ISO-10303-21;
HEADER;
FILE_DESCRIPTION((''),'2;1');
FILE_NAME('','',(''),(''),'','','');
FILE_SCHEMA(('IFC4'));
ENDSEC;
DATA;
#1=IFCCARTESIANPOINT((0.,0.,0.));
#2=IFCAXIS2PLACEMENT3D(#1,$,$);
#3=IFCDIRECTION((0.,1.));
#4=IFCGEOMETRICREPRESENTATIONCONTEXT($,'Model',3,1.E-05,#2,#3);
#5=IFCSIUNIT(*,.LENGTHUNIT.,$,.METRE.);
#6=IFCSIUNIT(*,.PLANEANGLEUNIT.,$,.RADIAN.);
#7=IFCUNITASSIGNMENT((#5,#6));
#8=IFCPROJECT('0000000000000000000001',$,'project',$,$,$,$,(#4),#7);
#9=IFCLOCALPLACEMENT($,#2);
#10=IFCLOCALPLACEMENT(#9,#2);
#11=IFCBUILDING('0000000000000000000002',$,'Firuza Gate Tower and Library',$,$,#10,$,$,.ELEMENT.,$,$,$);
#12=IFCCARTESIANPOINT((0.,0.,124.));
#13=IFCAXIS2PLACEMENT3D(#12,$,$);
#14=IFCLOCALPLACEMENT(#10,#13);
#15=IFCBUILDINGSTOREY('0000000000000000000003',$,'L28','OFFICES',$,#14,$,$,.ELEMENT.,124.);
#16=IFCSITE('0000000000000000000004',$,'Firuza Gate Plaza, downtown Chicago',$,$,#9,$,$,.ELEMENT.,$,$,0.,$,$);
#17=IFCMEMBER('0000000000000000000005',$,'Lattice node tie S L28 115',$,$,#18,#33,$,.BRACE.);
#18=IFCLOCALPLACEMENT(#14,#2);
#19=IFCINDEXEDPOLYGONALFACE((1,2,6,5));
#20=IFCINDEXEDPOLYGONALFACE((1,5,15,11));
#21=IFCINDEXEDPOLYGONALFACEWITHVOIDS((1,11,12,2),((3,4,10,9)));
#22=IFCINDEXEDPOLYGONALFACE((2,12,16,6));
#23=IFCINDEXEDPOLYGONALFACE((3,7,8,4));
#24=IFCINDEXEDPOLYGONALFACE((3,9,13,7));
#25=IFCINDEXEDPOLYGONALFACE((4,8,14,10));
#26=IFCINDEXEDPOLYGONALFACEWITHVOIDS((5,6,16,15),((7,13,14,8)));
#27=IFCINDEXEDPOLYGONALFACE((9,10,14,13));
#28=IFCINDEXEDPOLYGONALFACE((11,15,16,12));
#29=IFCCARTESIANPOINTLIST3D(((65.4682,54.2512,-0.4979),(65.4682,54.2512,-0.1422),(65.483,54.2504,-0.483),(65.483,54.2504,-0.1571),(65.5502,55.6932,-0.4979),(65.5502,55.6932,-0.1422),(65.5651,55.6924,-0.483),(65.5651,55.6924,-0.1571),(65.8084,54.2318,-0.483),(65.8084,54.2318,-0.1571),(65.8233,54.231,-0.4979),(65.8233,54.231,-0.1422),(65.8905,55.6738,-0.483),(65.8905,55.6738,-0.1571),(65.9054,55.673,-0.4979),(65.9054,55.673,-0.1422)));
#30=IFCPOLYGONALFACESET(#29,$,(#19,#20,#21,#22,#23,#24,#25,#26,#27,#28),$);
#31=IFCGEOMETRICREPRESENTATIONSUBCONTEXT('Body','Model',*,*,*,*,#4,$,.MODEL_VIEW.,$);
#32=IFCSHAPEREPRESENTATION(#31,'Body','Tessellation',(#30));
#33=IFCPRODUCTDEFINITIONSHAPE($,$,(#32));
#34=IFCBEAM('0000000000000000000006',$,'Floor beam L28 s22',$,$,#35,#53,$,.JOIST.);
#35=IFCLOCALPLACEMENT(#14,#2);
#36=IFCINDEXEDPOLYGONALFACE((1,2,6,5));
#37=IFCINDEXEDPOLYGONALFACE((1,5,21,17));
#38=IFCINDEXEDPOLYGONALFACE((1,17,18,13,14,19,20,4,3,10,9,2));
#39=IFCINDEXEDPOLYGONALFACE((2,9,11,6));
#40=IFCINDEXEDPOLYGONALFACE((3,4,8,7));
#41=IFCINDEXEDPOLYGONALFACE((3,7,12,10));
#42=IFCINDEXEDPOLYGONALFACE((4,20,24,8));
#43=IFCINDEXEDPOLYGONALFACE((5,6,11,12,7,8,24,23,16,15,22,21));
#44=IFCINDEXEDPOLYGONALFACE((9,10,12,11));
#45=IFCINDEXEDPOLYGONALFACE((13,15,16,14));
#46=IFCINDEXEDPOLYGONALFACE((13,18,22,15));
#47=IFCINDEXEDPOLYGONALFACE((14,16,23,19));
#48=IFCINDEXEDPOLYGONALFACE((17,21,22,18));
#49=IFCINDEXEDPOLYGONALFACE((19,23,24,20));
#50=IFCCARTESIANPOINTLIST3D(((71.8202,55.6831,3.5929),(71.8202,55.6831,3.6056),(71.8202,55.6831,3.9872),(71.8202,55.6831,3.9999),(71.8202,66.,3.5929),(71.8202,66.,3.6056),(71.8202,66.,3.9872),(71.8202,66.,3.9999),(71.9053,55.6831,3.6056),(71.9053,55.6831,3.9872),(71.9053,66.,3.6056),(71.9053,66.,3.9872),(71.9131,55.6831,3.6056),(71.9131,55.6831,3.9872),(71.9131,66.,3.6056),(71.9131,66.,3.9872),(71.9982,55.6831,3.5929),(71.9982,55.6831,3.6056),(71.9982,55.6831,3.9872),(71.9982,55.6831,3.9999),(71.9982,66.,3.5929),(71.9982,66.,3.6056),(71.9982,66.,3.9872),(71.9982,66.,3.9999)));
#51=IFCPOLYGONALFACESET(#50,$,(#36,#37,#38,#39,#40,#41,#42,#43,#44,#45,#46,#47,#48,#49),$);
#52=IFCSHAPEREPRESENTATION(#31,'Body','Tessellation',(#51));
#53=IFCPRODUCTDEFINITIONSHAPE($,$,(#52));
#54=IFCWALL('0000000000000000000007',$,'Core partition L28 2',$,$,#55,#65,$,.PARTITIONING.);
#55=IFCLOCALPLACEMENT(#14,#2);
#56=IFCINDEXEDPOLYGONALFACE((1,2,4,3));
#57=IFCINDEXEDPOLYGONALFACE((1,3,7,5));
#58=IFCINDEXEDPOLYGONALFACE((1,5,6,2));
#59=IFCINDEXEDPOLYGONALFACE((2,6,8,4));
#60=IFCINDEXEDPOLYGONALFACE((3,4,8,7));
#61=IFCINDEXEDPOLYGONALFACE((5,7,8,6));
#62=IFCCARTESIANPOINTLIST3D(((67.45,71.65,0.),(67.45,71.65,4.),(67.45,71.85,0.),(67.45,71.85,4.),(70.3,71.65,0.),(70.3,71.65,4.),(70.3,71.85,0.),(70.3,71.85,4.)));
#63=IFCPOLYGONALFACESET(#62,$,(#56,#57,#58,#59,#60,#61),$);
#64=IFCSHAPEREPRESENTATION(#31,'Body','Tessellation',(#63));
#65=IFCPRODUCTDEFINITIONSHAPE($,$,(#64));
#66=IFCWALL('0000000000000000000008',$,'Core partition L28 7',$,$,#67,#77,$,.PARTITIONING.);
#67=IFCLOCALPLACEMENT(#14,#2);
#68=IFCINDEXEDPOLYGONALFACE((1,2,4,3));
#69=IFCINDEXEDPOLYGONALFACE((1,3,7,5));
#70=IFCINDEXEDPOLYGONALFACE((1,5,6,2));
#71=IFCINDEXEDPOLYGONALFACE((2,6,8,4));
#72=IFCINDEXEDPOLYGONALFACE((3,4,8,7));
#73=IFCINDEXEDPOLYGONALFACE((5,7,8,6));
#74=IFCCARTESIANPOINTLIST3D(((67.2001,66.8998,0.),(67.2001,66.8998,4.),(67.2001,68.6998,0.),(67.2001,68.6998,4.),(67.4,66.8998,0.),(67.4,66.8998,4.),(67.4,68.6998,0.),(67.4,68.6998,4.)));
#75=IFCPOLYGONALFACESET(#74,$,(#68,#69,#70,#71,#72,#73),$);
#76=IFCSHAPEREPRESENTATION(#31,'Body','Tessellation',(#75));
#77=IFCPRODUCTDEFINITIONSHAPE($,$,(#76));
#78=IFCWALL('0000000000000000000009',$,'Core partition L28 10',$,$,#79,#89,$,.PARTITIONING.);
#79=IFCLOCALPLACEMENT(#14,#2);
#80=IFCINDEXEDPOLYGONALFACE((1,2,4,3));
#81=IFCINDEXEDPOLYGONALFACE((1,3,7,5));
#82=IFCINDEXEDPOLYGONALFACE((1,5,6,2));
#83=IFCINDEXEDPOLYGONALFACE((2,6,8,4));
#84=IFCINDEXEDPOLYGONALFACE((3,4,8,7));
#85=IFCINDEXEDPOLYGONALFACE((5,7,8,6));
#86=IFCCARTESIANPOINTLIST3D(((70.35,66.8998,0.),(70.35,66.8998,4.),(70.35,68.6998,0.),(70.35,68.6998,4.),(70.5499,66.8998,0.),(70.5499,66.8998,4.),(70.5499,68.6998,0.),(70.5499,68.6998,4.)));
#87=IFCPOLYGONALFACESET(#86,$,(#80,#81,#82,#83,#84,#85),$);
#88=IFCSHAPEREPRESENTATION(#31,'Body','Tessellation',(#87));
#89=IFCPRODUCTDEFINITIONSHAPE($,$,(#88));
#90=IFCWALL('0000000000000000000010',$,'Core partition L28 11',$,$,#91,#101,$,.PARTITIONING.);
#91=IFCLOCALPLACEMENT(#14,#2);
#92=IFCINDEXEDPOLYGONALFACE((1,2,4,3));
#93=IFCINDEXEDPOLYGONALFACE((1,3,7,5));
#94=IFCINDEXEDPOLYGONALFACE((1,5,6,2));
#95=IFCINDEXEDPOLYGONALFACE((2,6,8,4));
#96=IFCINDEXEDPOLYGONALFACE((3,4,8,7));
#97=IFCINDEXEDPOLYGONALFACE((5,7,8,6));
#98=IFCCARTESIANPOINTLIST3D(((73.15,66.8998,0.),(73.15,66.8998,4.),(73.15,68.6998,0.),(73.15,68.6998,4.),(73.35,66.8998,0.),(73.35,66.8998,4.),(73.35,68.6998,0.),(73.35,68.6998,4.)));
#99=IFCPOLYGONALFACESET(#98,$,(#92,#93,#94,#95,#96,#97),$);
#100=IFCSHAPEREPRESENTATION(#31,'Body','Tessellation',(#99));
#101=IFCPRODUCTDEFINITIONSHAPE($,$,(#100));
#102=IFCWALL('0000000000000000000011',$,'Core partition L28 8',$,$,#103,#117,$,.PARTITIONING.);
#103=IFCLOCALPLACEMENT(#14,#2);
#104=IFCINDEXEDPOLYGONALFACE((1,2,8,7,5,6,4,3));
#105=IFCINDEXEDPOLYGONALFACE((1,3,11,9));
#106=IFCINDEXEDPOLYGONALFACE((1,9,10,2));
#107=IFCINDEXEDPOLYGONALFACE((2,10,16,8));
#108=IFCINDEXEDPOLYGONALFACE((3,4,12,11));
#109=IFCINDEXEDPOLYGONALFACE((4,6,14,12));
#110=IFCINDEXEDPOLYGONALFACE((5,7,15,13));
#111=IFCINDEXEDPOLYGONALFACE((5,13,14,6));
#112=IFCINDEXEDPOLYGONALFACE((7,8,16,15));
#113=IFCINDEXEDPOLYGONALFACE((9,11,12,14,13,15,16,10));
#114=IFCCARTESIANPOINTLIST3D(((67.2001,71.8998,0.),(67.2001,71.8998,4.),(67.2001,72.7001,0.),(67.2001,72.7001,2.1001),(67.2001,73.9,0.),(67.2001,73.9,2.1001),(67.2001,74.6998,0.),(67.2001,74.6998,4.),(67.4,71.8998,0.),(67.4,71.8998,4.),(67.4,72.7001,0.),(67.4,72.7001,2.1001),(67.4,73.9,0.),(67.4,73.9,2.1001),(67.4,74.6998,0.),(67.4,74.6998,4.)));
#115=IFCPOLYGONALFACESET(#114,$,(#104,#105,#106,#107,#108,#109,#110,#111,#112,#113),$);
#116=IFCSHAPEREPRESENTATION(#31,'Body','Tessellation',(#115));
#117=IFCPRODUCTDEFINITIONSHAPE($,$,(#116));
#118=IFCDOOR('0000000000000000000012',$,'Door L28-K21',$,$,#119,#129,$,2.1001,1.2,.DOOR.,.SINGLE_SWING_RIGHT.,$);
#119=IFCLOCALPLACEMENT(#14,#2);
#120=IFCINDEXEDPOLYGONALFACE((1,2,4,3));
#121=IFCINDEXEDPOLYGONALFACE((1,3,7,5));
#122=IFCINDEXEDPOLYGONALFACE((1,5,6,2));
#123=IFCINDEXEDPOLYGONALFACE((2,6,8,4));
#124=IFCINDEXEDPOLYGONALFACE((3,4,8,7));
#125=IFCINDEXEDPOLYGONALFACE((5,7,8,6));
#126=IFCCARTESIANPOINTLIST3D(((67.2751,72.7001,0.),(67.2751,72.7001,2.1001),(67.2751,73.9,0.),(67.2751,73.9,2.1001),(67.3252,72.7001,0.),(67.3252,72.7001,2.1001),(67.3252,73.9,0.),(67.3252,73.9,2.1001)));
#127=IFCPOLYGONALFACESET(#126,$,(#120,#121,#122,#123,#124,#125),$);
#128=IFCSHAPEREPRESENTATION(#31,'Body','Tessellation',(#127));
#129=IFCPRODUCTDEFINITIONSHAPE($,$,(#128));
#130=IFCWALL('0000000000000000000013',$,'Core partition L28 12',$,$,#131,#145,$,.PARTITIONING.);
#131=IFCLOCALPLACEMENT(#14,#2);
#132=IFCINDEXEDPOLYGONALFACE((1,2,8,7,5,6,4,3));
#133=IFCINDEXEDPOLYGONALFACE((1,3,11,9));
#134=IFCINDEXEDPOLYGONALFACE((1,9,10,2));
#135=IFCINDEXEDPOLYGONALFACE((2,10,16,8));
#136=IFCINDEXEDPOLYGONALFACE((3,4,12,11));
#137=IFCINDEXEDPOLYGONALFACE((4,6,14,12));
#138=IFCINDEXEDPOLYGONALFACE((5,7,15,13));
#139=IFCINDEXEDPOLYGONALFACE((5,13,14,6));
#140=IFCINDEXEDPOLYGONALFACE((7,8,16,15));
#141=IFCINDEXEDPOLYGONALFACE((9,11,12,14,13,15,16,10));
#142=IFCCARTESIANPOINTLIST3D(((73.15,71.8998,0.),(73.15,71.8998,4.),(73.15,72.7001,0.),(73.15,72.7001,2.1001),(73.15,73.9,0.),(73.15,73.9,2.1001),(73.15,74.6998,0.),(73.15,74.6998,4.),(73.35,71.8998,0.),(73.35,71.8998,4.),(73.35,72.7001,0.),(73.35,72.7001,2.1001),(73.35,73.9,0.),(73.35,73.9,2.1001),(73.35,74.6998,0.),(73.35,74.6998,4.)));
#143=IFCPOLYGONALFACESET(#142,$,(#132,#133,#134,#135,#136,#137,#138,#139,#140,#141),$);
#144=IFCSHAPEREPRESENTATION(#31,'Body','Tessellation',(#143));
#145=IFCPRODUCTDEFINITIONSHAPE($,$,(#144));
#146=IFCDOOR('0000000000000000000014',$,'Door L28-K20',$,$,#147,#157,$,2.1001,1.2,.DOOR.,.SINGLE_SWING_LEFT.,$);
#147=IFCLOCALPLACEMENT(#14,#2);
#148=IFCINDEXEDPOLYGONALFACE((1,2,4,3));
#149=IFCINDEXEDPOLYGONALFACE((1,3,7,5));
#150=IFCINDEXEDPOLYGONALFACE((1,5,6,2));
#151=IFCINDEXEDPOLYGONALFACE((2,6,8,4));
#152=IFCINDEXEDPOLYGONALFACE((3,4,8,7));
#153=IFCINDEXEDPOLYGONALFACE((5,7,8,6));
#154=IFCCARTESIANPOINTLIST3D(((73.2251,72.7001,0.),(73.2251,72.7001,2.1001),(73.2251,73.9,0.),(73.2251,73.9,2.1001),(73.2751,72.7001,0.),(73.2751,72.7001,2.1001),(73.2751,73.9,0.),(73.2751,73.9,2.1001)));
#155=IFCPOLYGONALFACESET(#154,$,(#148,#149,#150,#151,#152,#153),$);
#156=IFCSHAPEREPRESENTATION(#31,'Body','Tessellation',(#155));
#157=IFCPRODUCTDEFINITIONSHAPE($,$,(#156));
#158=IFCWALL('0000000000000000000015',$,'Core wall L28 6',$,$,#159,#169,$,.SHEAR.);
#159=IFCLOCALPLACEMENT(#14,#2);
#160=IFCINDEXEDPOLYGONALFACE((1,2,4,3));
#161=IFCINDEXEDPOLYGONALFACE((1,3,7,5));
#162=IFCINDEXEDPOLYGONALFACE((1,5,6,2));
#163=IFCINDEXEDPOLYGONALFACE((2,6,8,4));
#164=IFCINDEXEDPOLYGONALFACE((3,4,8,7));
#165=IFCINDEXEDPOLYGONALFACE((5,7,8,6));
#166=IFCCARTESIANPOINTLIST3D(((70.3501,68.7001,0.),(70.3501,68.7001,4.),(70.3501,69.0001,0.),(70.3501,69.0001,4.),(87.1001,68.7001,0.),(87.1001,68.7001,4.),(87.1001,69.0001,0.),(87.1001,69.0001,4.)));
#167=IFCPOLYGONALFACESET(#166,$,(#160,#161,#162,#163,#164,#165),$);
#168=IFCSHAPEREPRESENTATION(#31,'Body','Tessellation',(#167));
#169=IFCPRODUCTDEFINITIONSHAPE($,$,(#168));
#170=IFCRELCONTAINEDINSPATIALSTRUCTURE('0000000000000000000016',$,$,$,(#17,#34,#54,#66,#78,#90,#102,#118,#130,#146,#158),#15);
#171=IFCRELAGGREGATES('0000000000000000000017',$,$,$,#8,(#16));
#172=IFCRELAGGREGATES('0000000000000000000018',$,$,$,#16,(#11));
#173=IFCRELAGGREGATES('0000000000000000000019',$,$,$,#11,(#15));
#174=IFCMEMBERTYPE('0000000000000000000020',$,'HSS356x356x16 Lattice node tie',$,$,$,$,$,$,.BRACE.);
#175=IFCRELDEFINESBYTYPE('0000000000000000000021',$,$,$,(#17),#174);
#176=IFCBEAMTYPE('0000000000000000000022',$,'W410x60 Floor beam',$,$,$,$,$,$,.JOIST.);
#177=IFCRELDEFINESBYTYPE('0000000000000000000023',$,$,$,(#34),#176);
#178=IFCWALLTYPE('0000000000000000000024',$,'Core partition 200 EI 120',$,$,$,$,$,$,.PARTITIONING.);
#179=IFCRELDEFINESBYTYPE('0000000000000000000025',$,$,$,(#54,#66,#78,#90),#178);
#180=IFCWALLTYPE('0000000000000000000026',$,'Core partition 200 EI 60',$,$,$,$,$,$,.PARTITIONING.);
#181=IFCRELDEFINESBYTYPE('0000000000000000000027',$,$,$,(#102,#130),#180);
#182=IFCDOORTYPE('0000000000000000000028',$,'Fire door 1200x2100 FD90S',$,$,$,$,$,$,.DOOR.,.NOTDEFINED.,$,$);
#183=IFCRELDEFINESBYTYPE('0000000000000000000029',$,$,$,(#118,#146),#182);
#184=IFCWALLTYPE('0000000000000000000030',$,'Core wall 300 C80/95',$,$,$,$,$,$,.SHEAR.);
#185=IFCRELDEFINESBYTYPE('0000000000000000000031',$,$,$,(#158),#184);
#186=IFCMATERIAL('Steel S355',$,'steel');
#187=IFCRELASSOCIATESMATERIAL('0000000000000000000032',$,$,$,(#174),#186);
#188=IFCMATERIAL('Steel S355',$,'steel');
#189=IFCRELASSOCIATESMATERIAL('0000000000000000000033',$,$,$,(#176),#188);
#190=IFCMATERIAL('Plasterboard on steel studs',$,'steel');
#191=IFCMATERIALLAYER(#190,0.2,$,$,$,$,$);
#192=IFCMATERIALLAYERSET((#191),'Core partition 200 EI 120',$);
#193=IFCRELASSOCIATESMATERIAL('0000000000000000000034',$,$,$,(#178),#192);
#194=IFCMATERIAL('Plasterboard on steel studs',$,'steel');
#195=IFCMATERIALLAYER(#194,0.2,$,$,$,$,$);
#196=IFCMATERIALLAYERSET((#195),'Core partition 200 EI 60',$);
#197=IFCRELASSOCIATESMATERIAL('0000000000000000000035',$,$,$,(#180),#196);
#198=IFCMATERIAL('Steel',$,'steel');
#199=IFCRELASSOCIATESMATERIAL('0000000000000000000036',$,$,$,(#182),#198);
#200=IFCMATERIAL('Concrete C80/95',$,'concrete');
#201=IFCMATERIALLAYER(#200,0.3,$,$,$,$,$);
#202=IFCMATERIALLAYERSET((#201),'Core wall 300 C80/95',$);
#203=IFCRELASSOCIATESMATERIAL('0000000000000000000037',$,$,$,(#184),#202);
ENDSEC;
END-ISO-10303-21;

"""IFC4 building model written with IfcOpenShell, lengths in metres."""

from ifc_helpers import new_model, si_unit, direction, frame, frame_2d, origin, origin_2d, place, context, subcontext, project, spatial, rectangle, hollow_rectangle, i_section, extrude, material, layer, layer_set, material_profile, profile_set, type_object, element, fill, save


model = new_model("IFC4")

# Units and contexts
model_context = context("Model", 3, precision=1e-05, world=origin(), true_north=direction((0.0, 1.0)))
body_context = subcontext(model_context, "Body", "Model", "MODEL_VIEW")
ifc_project = project(units=[si_unit("LENGTHUNIT", "METRE"), si_unit("PLANEANGLEUNIT", "RADIAN")], contexts=[model_context])

# Site, building, storey
site_placement = place(None, origin())
site = spatial("IfcSite", under=ifc_project, at=site_placement, Name="Firuza Gate Plaza, downtown Chicago", CompositionType="ELEMENT", RefElevation=0.0)
building_placement = place(site_placement, origin())
building = spatial("IfcBuilding", under=site, at=building_placement, Name="Firuza Gate Tower and Library", CompositionType="ELEMENT")
storey_placement = place(building_placement, frame((0.0, 0.0, 124.0)))
storey = spatial("IfcBuildingStorey", under=building, at=storey_placement, Name="L28", Description="OFFICES", CompositionType="ELEMENT", Elevation=124.0)

# Member
ifc_material_1 = material(Name="Steel S355", Category="steel")
ifc_material_profile_1 = material_profile(ifc_material_1, hollow_rectangle(XDim=0.3557, YDim=0.3557, WallThickness=0.0149, at=origin_2d()))
ifc_profile_set_1 = profile_set([ifc_material_profile_1], Name="Steel S355")
member_type = type_object("IfcMemberType", Name="HSS356x356x16 Lattice node tie", PredefinedType="BRACE", material=ifc_profile_set_1)
member_placement = place(storey_placement, frame((65.7278, 55.6831, -0.3201), z_axis=(-0.056799, -0.998386, 0.0), x_axis=(0.998386, -0.056799, 0.0)))
element("IfcMember", 1, at=member_placement, inside=storey, type_object=member_type, Name="Lattice node tie S L28 115", PredefinedType="BRACE", context=body_context, shape_type="SweptSolid", body=[
    extrude(hollow_rectangle(XDim=0.3557, YDim=0.3557, WallThickness=0.0149, at=origin_2d()), origin(), (0.0, 0.0, 1.0), 1.4443),
])

# Beam
ifc_material_2 = material(Name="Steel S355", Category="steel")
ifc_material_profile_2 = material_profile(ifc_material_2, i_section(OverallWidth=0.178, OverallDepth=0.407, WebThickness=0.0078, FlangeThickness=0.0127, at=origin_2d()))
ifc_profile_set_2 = profile_set([ifc_material_profile_2], Name="Steel S355")
beam_type = type_object("IfcBeamType", Name="W410x60 Floor beam", PredefinedType="JOIST", material=ifc_profile_set_2)
beam_placement = place(storey_placement, frame((71.9092, 55.6831, 3.7964), z_axis=(0.0, 1.0, 0.0), x_axis=(-1.0, 0.0, 0.0)))
element("IfcBeam", 2, at=beam_placement, inside=storey, type_object=beam_type, Name="Floor beam L28 s22", PredefinedType="JOIST", context=body_context, shape_type="SweptSolid", body=[
    extrude(i_section(OverallWidth=0.178, OverallDepth=0.407, WebThickness=0.0078, FlangeThickness=0.0127, at=origin_2d()), origin(), (0.0, 0.0, 1.0), 10.3169),
])

# Walls
ifc_material_3 = material(Name="Plasterboard on steel studs", Category="steel")
ifc_layer_1 = layer(ifc_material_3, 0.2)
ifc_layer_set_1 = layer_set([ifc_layer_1], Name="Core partition 200 EI 120")
wall_type_1 = type_object("IfcWallType", Name="Core partition 200 EI 120", PredefinedType="PARTITIONING", material=ifc_layer_set_1)
wall_1_placement = place(storey_placement, frame((67.45, 71.75, 0.0), z_axis=(0.0, 0.0, 1.0), x_axis=(1.0, 0.0, 0.0)))
element("IfcWall", 3, at=wall_1_placement, inside=storey, type_object=wall_type_1, Name="Core partition L28 2", PredefinedType="PARTITIONING", context=body_context, shape_type="SweptSolid", body=[
    extrude(rectangle(XDim=2.8501, YDim=0.2, at=frame_2d((1.425, 0.0))), origin(), (0.0, 0.0, 1.0), 4.0),
])
for number, where, z_axis, x_axis, name in (
    (4, (67.3, 66.8999, 0.0), (0.0, 0.0, 1.0), (0.0, 1.0, 0.0), "Core partition L28 7"),
    (5, (70.45, 66.8999, 0.0), (0.0, 0.0, 1.0), (0.0, 1.0, 0.0), "Core partition L28 10"),
    (6, (73.25, 66.8999, 0.0), (0.0, 0.0, 1.0), (0.0, 1.0, 0.0), "Core partition L28 11"),
):
    element("IfcWall", number, at=place(storey_placement, frame(where, z_axis=z_axis, x_axis=x_axis)), inside=storey, type_object=wall_type_1, Name=name, PredefinedType="PARTITIONING", context=body_context, shape_type="SweptSolid", body=[
        extrude(rectangle(XDim=1.8, YDim=0.2, at=frame_2d((0.8999, 0.0))), origin(), (0.0, 0.0, 1.0), 4.0),
    ])

# Walls, openings, doors
ifc_material_4 = material(Name="Plasterboard on steel studs", Category="steel")
ifc_layer_2 = layer(ifc_material_4, 0.2)
ifc_layer_set_2 = layer_set([ifc_layer_2], Name="Core partition 200 EI 60")
wall_type_2 = type_object("IfcWallType", Name="Core partition 200 EI 60", PredefinedType="PARTITIONING", material=ifc_layer_set_2)
wall_2_placement = place(storey_placement, frame((67.3, 71.8999, 0.0), z_axis=(0.0, 0.0, 1.0), x_axis=(0.0, 1.0, 0.0)))
wall_2 = element("IfcWall", 7, at=wall_2_placement, inside=storey, type_object=wall_type_2, Name="Core partition L28 8", PredefinedType="PARTITIONING", context=body_context, shape_type="SweptSolid", body=[
    extrude(rectangle(XDim=2.8, YDim=0.2, at=frame_2d((1.3999, 0.0))), origin(), (0.0, 0.0, 1.0), 4.0),
])
opening_1_placement = place(wall_2_placement, frame((0.8, 0.0, 0.0)))
opening_1 = element("IfcOpeningElement", 8, at=opening_1_placement, cuts=wall_2, PredefinedType="OPENING", context=body_context, shape_type="SweptSolid", body=[
    extrude(rectangle(XDim=1.2, YDim=2.1001, at=frame_2d((0.6001, 1.05))), frame((0.0, 0.1099, 0.0), z_axis=(0.0, -1.0, 0.0), x_axis=(1.0, 0.0, 0.0)), (0.0, 0.0, 1.0), 0.22),
])
ifc_material_5 = material(Name="Steel", Category="steel")
door_type_1 = type_object("IfcDoorType", Name="Fire door 1200x2100 FD90S", OperationType="NOTDEFINED", PredefinedType="DOOR", material=ifc_material_5)
door_1_placement = place(opening_1_placement, origin())
door_1 = element("IfcDoor", 9, at=door_1_placement, inside=storey, type_object=door_type_1, Name="Door L28-K21", OperationType="SINGLE_SWING_RIGHT", OverallHeight=2.1001, OverallWidth=1.2, PredefinedType="DOOR", context=body_context, shape_type="SweptSolid", body=[
    extrude(rectangle(XDim=1.2, YDim=2.1001, at=frame_2d((0.6001, 1.05))), frame((0.0, 0.0249, 0.0), z_axis=(0.0, -1.0, 0.0), x_axis=(1.0, 0.0, 0.0)), (0.0, 0.0, 1.0), 0.05),
])
fill(opening_1, door_1)
wall_3_placement = place(storey_placement, frame((73.25, 71.8999, 0.0), z_axis=(0.0, 0.0, 1.0), x_axis=(0.0, 1.0, 0.0)))
wall_3 = element("IfcWall", 10, at=wall_3_placement, inside=storey, type_object=wall_type_2, Name="Core partition L28 12", PredefinedType="PARTITIONING", context=body_context, shape_type="SweptSolid", body=[
    extrude(rectangle(XDim=2.8, YDim=0.2, at=frame_2d((1.3999, 0.0))), origin(), (0.0, 0.0, 1.0), 4.0),
])
opening_2_placement = place(wall_3_placement, frame((0.8, 0.0, 0.0)))
opening_2 = element("IfcOpeningElement", 11, at=opening_2_placement, cuts=wall_3, PredefinedType="OPENING", context=body_context, shape_type="SweptSolid", body=[
    extrude(rectangle(XDim=1.2, YDim=2.1001, at=frame_2d((0.6001, 1.05))), frame((0.0, 0.1099, 0.0), z_axis=(0.0, -1.0, 0.0), x_axis=(1.0, 0.0, 0.0)), (0.0, 0.0, 1.0), 0.22),
])
door_2_placement = place(opening_2_placement, origin())
door_2 = element("IfcDoor", 12, at=door_2_placement, inside=storey, type_object=door_type_1, Name="Door L28-K20", OperationType="SINGLE_SWING_LEFT", OverallHeight=2.1001, OverallWidth=1.2, PredefinedType="DOOR", context=body_context, shape_type="SweptSolid", body=[
    extrude(rectangle(XDim=1.2, YDim=2.1001, at=frame_2d((0.6001, 1.05))), frame((0.0, 0.0249, 0.0), z_axis=(0.0, -1.0, 0.0), x_axis=(1.0, 0.0, 0.0)), (0.0, 0.0, 1.0), 0.05),
])
fill(opening_2, door_2)

# Wall
ifc_material_6 = material(Name="Concrete C80/95", Category="concrete")
ifc_layer_3 = layer(ifc_material_6, 0.3)
ifc_layer_set_3 = layer_set([ifc_layer_3], Name="Core wall 300 C80/95")
wall_type_3 = type_object("IfcWallType", Name="Core wall 300 C80/95", PredefinedType="SHEAR", material=ifc_layer_set_3)
wall_4_placement = place(storey_placement, frame((70.3501, 68.8501, 0.0), z_axis=(0.0, 0.0, 1.0), x_axis=(1.0, 0.0, 0.0)))
element("IfcWall", 13, at=wall_4_placement, inside=storey, type_object=wall_type_3, Name="Core wall L28 6", PredefinedType="SHEAR", context=body_context, shape_type="SweptSolid", body=[
    extrude(rectangle(XDim=16.75, YDim=0.3, at=frame_2d((8.375, 0.0))), origin(), (0.0, 0.0, 1.0), 4.0),
])

save(model, "model.ifc")
